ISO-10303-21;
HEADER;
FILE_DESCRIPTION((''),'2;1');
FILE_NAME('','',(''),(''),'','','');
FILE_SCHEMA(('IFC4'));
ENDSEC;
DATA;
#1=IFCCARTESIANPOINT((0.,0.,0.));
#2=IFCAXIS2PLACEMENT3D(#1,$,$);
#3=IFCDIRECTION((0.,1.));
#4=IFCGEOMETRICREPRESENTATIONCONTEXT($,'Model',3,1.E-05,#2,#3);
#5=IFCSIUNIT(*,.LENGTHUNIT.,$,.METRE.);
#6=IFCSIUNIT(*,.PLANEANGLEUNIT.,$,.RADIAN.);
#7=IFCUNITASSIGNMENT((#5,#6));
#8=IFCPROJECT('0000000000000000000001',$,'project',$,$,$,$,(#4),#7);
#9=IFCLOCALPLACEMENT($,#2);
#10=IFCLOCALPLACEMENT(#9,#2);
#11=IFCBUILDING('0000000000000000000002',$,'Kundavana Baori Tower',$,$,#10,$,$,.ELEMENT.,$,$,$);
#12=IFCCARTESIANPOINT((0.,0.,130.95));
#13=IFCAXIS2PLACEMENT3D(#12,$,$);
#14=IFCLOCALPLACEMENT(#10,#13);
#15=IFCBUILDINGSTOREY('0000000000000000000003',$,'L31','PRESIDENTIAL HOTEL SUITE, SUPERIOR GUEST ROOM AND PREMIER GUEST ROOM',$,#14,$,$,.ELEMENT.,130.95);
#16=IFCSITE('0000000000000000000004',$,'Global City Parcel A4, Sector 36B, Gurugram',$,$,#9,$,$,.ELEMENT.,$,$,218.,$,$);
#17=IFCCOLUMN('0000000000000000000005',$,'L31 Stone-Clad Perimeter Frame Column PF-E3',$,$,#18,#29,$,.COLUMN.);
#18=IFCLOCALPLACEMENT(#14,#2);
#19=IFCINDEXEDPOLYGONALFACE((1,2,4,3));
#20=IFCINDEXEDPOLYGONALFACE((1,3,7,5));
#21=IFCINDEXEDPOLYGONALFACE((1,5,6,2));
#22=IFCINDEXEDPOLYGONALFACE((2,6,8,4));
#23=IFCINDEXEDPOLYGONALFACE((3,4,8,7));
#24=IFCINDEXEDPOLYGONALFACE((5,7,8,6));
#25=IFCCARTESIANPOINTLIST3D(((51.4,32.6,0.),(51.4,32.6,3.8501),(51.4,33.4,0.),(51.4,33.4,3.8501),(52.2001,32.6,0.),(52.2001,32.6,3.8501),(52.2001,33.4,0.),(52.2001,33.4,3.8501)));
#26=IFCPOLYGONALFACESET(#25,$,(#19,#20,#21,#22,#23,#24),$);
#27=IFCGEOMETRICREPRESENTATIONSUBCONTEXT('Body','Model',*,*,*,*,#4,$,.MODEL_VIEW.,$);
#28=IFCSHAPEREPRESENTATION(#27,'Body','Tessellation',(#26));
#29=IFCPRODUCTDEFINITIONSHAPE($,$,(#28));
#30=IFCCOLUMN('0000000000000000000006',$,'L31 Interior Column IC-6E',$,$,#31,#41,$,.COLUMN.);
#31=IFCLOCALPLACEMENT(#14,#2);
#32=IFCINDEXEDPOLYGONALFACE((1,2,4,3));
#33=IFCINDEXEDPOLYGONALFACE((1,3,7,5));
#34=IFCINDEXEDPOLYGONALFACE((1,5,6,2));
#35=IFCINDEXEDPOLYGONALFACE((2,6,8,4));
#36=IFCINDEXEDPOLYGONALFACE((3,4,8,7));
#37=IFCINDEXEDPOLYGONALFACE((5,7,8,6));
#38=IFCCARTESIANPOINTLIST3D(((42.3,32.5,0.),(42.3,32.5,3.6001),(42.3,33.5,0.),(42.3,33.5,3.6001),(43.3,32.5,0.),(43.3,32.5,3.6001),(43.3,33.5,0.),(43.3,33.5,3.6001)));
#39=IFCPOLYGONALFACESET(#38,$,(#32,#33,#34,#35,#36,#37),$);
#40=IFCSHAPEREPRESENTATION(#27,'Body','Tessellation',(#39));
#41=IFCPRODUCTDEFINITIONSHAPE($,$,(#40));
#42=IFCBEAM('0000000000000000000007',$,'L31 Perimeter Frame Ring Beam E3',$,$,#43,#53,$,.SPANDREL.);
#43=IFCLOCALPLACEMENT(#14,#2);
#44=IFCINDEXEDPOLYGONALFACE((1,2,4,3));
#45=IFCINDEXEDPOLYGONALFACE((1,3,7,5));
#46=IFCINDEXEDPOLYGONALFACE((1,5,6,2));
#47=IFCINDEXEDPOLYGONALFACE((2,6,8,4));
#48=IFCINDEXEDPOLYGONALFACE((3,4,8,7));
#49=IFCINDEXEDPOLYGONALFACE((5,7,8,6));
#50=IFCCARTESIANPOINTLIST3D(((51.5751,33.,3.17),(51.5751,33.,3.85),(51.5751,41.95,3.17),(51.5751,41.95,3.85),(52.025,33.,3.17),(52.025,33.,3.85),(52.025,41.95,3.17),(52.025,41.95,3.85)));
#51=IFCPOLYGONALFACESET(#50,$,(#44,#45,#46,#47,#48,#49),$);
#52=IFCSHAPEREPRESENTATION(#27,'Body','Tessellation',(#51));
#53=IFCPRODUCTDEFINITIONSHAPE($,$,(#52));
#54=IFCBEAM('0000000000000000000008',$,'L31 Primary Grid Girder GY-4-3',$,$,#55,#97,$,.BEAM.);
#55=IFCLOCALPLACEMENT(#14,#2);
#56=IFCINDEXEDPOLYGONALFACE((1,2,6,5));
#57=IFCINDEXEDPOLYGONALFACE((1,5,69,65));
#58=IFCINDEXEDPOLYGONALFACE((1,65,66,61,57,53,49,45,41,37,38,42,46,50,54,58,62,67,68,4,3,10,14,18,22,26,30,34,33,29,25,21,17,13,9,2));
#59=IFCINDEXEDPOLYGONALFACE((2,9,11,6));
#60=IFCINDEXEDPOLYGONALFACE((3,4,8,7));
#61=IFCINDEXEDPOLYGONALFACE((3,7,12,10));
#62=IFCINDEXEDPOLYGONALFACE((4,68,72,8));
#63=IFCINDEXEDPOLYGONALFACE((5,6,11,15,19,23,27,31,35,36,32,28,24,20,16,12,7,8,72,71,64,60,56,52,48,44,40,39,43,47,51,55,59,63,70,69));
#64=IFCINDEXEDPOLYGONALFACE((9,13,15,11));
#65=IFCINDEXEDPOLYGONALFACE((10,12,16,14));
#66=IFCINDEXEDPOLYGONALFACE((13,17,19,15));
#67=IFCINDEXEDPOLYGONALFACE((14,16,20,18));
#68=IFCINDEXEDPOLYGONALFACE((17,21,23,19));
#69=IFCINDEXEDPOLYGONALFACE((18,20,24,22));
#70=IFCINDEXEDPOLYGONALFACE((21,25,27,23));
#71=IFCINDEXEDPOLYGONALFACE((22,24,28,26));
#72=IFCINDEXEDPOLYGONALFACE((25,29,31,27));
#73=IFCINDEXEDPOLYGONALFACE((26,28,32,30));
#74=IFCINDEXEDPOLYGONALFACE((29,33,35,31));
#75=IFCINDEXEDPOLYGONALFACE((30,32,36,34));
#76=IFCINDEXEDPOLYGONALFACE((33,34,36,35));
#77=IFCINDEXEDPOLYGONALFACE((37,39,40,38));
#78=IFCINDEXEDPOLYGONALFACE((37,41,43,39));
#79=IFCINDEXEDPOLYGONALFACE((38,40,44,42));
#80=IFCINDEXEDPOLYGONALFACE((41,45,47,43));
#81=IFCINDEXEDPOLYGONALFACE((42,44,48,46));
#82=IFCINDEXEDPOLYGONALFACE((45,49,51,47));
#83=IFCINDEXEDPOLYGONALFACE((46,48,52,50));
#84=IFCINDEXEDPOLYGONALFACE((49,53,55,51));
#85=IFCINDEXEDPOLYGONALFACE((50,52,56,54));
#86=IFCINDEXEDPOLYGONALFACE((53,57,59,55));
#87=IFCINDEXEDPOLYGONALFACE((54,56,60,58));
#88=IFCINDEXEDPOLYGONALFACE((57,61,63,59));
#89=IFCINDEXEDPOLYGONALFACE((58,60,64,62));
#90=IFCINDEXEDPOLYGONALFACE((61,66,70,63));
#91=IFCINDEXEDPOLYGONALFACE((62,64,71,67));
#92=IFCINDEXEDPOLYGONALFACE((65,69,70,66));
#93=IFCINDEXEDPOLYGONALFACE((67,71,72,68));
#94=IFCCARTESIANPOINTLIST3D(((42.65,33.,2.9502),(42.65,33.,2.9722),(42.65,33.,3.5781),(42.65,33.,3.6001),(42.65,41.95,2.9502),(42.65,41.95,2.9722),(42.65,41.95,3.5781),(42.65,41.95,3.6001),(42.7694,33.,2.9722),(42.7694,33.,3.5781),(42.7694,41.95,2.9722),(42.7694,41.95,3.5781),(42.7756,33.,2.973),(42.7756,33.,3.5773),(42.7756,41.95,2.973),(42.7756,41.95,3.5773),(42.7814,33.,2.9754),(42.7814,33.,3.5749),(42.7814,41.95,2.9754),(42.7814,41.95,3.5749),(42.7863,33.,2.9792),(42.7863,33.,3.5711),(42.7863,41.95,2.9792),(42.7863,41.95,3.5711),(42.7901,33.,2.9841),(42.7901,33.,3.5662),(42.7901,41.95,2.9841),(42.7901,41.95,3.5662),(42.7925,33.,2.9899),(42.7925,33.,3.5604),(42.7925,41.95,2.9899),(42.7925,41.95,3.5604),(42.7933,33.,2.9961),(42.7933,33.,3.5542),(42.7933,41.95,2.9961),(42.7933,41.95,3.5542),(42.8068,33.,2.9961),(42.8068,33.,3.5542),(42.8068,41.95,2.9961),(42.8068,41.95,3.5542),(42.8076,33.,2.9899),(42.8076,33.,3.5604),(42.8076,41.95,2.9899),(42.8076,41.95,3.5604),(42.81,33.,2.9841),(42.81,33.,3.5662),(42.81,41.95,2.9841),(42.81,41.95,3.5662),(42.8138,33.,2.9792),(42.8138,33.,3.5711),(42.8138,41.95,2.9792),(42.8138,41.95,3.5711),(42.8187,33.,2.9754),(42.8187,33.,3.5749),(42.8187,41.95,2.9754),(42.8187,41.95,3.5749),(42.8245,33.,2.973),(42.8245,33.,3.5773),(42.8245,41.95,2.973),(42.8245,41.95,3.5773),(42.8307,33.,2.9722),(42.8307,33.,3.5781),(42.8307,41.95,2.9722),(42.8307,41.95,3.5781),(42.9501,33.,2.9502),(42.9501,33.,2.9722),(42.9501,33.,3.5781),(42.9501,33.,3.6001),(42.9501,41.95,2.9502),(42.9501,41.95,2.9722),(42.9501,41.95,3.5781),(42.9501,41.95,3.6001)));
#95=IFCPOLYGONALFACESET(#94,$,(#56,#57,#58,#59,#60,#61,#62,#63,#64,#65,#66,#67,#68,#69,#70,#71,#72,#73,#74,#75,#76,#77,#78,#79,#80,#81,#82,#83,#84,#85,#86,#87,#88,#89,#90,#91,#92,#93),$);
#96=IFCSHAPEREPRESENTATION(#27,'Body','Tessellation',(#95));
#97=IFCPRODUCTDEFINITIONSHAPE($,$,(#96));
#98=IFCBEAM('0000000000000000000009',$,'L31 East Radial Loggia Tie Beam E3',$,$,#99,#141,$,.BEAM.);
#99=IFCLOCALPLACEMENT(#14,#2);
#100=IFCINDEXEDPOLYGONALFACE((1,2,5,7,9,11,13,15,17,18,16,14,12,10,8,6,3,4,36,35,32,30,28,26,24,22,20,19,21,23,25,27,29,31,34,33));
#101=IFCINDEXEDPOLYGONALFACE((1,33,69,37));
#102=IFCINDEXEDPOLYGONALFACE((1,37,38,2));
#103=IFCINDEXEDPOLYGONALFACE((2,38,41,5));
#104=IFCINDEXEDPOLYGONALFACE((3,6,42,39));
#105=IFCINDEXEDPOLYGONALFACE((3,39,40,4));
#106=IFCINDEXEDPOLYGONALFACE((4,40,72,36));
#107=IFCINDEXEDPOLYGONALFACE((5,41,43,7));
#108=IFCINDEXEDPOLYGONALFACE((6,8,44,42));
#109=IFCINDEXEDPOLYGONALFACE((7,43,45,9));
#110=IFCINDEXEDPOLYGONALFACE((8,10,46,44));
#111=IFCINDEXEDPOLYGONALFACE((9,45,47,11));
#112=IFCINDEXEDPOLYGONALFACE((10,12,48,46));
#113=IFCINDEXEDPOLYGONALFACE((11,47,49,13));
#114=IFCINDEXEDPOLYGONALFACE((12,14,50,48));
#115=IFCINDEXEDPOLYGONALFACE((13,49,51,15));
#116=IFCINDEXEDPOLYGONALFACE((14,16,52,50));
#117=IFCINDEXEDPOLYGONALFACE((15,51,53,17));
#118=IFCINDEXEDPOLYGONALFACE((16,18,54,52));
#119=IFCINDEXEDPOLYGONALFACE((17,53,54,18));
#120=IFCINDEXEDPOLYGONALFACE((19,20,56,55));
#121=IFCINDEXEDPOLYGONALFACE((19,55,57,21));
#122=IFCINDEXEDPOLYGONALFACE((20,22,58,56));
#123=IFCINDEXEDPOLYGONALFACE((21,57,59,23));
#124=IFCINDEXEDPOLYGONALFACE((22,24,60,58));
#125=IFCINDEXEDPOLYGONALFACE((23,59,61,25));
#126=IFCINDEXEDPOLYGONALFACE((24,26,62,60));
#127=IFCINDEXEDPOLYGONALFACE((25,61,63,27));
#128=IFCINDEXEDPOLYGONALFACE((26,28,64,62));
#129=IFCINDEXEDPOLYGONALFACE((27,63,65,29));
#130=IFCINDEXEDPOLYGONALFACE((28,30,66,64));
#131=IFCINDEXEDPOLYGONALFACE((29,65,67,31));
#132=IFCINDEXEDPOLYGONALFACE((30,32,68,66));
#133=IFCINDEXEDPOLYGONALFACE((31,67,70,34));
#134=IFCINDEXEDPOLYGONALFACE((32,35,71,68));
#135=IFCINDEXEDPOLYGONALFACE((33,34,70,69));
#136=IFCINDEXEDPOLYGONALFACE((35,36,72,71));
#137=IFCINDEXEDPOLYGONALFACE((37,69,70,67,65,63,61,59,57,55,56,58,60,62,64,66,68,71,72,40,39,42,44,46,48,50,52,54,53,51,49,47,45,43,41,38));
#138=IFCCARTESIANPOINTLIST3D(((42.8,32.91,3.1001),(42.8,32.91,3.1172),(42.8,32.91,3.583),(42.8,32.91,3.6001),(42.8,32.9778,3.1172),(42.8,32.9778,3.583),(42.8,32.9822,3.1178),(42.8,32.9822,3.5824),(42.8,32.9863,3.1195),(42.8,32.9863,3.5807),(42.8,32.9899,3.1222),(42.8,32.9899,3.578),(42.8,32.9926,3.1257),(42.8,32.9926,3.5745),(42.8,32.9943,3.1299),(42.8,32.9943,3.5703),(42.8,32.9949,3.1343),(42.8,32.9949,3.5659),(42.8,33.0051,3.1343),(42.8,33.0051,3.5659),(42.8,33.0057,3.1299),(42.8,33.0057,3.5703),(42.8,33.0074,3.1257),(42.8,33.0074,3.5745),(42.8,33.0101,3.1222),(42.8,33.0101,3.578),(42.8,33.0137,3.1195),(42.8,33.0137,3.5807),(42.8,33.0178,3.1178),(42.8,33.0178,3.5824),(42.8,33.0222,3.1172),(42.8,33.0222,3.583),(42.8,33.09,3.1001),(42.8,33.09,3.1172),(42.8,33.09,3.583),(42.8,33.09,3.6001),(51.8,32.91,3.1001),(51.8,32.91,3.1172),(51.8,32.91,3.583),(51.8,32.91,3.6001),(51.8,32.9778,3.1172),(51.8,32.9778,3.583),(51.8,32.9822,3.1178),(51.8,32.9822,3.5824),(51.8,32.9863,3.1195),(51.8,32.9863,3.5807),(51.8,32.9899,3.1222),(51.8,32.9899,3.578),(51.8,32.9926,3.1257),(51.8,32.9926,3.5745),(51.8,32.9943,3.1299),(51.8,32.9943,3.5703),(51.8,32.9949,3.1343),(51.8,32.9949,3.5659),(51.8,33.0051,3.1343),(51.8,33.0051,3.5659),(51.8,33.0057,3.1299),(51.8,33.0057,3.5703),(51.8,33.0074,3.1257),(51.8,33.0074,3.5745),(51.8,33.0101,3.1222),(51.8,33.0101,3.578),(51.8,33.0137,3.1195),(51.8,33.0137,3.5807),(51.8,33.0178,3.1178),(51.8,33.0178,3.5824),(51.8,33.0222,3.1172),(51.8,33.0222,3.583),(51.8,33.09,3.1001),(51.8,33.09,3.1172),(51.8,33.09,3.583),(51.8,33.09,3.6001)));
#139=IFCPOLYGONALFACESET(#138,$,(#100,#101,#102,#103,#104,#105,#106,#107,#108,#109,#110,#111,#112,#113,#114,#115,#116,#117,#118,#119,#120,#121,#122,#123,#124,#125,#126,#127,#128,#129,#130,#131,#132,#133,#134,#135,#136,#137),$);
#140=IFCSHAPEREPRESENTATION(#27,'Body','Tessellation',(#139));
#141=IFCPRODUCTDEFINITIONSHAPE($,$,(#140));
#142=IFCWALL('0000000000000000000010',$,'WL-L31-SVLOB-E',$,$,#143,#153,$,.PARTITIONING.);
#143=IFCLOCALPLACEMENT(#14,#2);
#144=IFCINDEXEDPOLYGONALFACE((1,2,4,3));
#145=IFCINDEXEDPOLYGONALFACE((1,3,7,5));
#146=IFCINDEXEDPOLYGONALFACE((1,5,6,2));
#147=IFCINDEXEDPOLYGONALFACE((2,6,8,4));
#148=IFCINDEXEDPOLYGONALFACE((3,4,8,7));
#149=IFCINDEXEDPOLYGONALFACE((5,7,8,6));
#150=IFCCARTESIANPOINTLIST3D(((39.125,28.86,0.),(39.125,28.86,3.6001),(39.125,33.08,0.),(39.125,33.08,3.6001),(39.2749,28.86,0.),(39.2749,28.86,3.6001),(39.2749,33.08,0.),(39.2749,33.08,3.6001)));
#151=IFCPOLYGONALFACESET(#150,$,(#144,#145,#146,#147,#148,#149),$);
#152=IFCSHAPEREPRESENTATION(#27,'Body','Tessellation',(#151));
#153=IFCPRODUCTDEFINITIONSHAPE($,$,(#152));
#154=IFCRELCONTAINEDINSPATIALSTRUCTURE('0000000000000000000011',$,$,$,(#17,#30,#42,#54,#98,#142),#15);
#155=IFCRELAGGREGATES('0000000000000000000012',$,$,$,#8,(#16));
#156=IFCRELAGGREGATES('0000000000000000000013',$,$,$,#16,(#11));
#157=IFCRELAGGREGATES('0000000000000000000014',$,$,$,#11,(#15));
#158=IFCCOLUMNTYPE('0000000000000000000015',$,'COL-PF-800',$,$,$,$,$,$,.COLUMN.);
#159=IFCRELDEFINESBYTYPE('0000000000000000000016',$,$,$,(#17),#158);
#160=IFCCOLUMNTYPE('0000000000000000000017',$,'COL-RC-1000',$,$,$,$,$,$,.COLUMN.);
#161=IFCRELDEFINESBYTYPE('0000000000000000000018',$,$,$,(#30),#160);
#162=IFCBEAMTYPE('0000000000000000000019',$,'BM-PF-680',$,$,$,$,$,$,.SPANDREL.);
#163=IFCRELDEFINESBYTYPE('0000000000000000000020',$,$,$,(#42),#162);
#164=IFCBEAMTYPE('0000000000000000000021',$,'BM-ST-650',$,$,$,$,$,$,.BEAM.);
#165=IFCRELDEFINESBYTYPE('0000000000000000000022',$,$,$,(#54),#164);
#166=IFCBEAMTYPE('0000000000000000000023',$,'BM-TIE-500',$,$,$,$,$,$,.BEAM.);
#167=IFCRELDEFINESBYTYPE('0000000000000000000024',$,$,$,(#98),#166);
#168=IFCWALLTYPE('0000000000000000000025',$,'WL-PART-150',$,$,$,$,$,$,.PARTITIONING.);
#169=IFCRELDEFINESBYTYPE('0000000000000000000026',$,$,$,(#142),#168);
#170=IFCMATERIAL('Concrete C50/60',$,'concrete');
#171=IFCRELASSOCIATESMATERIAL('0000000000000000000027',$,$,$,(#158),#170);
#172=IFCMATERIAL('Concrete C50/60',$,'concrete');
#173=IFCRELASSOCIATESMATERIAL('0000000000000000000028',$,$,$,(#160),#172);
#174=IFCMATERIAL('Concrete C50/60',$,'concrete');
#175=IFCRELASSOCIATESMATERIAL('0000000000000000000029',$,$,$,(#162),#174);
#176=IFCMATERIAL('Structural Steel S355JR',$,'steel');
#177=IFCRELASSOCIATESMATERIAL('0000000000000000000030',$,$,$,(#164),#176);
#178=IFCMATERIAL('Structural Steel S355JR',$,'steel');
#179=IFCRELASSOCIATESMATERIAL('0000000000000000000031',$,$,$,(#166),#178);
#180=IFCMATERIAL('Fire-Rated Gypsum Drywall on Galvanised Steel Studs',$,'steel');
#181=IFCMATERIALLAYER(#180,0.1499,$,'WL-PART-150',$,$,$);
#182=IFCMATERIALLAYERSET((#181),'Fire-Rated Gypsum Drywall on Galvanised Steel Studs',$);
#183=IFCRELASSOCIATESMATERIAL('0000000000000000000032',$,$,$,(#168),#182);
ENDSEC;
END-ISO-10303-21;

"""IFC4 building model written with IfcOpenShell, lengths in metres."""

from ifc_helpers import new_model, si_unit, direction, frame, frame_2d, origin, origin_2d, place, context, subcontext, project, spatial, rectangle, i_section, extrude, material, layer, layer_set, material_profile, profile_set, type_object, element, save


model = new_model("IFC4")

# Units and contexts
model_context = context("Model", 3, precision=1e-05, world=origin(), true_north=direction((0.0, 1.0)))
body_context = subcontext(model_context, "Body", "Model", "MODEL_VIEW")
ifc_project = project(units=[si_unit("LENGTHUNIT", "METRE"), si_unit("PLANEANGLEUNIT", "RADIAN")], contexts=[model_context])

# Site, building, storey
site_placement = place(None, origin())
site = spatial("IfcSite", under=ifc_project, at=site_placement, Name="Global City Parcel A4, Sector 36B, Gurugram", CompositionType="ELEMENT", RefElevation=218.0)
building_placement = place(site_placement, origin())
building = spatial("IfcBuilding", under=site, at=building_placement, Name="Kundavana Baori Tower", CompositionType="ELEMENT")
storey_placement = place(building_placement, frame((0.0, 0.0, 130.95)))
storey = spatial("IfcBuildingStorey", under=building, at=storey_placement, Name="L31", Description="PRESIDENTIAL HOTEL SUITE, SUPERIOR GUEST ROOM AND PREMIER GUEST ROOM", CompositionType="ELEMENT", Elevation=130.95)

# Columns
ifc_material_1 = material(Name="Concrete C50/60", Category="concrete")
ifc_material_profile_1 = material_profile(ifc_material_1, rectangle(XDim=0.8, YDim=0.8, at=origin_2d()), Name="RC PF 800x800")
ifc_profile_set_1 = profile_set([ifc_material_profile_1], Name="Concrete C50/60")
column_type_1 = type_object("IfcColumnType", Name="COL-PF-800", PredefinedType="COLUMN", material=ifc_profile_set_1)
column_1_placement = place(storey_placement, frame((51.8, 33.0, 0.0), z_axis=(0.0, 0.0, 1.0), x_axis=(1.0, 0.0, 0.0)))
element("IfcColumn", 1, at=column_1_placement, inside=storey, type_object=column_type_1, Name="L31 Stone-Clad Perimeter Frame Column PF-E3", PredefinedType="COLUMN", context=body_context, shape_type="SweptSolid", body=[
    extrude(rectangle(XDim=0.8, YDim=0.8, at=origin_2d()), origin(), (0.0, 0.0, 1.0), 3.8501),
])
ifc_material_2 = material(Name="Concrete C50/60", Category="concrete")
ifc_material_profile_2 = material_profile(ifc_material_2, rectangle(XDim=1.0, YDim=1.0, at=origin_2d()), Name="RC 1000x1000")
ifc_profile_set_2 = profile_set([ifc_material_profile_2], Name="Concrete C50/60")
column_type_2 = type_object("IfcColumnType", Name="COL-RC-1000", PredefinedType="COLUMN", material=ifc_profile_set_2)
column_2_placement = place(storey_placement, frame((42.8, 33.0, 0.0), z_axis=(0.0, 0.0, 1.0), x_axis=(1.0, 0.0, 0.0)))
element("IfcColumn", 2, at=column_2_placement, inside=storey, type_object=column_type_2, Name="L31 Interior Column IC-6E", PredefinedType="COLUMN", context=body_context, shape_type="SweptSolid", body=[
    extrude(rectangle(XDim=1.0, YDim=1.0, at=origin_2d()), origin(), (0.0, 0.0, 1.0), 3.6001),
])

# Beams
ifc_material_3 = material(Name="Concrete C50/60", Category="concrete")
ifc_material_profile_3 = material_profile(ifc_material_3, rectangle(XDim=0.45, YDim=0.6799, at=origin_2d()), Name="RC BM 450x680")
ifc_profile_set_3 = profile_set([ifc_material_profile_3], Name="Concrete C50/60")
beam_type_1 = type_object("IfcBeamType", Name="BM-PF-680", PredefinedType="SPANDREL", material=ifc_profile_set_3)
beam_1_placement = place(storey_placement, frame((51.8, 33.0, 3.51), z_axis=(0.0, 1.0, 0.0), x_axis=(-1.0, 0.0, 0.0)))
element("IfcBeam", 3, at=beam_1_placement, inside=storey, type_object=beam_type_1, Name="L31 Perimeter Frame Ring Beam E3", PredefinedType="SPANDREL", context=body_context, shape_type="SweptSolid", body=[
    extrude(rectangle(XDim=0.45, YDim=0.6799, at=origin_2d()), origin(), (0.0, 0.0, 1.0), 8.95),
])
ifc_material_4 = material(Name="Structural Steel S355JR", Category="steel")
ifc_material_profile_4 = material_profile(ifc_material_4, i_section(OverallWidth=0.3, OverallDepth=0.6499, WebThickness=0.0134, FlangeThickness=0.022, FilletRadius=0.0239, at=origin_2d()), Name="NPB 650x300x155")
ifc_profile_set_4 = profile_set([ifc_material_profile_4], Name="Structural Steel S355JR")
beam_type_2 = type_object("IfcBeamType", Name="BM-ST-650", PredefinedType="BEAM", material=ifc_profile_set_4)
beam_2_placement = place(storey_placement, frame((42.8, 33.0, 3.2751), z_axis=(0.0, 1.0, 0.0), x_axis=(-1.0, 0.0, 0.0)))
element("IfcBeam", 4, at=beam_2_placement, inside=storey, type_object=beam_type_2, Name="L31 Primary Grid Girder GY-4-3", PredefinedType="BEAM", context=body_context, shape_type="SweptSolid", body=[
    extrude(i_section(OverallWidth=0.3, OverallDepth=0.6499, WebThickness=0.0134, FlangeThickness=0.022, FilletRadius=0.0239, at=origin_2d()), origin(), (0.0, 0.0, 1.0), 8.95),
])
ifc_material_5 = material(Name="Structural Steel S355JR", Category="steel")
ifc_material_profile_5 = material_profile(ifc_material_5, i_section(OverallWidth=0.1799, OverallDepth=0.5, WebThickness=0.0103, FlangeThickness=0.0171, FilletRadius=0.0171, at=origin_2d()), Name="ISMB 500")
ifc_profile_set_5 = profile_set([ifc_material_profile_5], Name="Structural Steel S355JR")
beam_type_3 = type_object("IfcBeamType", Name="BM-TIE-500", PredefinedType="BEAM", material=ifc_profile_set_5)
beam_3_placement = place(storey_placement, frame((42.8, 33.0, 3.3501), z_axis=(1.0, 0.0, 0.0), x_axis=(0.0, 1.0, 0.0)))
element("IfcBeam", 5, at=beam_3_placement, inside=storey, type_object=beam_type_3, Name="L31 East Radial Loggia Tie Beam E3", PredefinedType="BEAM", context=body_context, shape_type="SweptSolid", body=[
    extrude(i_section(OverallWidth=0.1799, OverallDepth=0.5, WebThickness=0.0103, FlangeThickness=0.0171, FilletRadius=0.0171, at=origin_2d()), origin(), (0.0, 0.0, 1.0), 9.0),
])

# Wall
ifc_material_6 = material(Name="Fire-Rated Gypsum Drywall on Galvanised Steel Studs", Category="steel")
ifc_layer_1 = layer(ifc_material_6, 0.1499, Name="WL-PART-150")
ifc_layer_set_1 = layer_set([ifc_layer_1], Name="Fire-Rated Gypsum Drywall on Galvanised Steel Studs")
wall_type_1 = type_object("IfcWallType", Name="WL-PART-150", PredefinedType="PARTITIONING", material=ifc_layer_set_1)
wall_1_placement = place(storey_placement, frame((39.2, 28.8601, 0.0), z_axis=(0.0, 0.0, 1.0), x_axis=(0.0, 1.0, 0.0)))
element("IfcWall", 6, at=wall_1_placement, inside=storey, type_object=wall_type_1, Name="WL-L31-SVLOB-E", PredefinedType="PARTITIONING", context=body_context, shape_type="SweptSolid", body=[
    extrude(rectangle(XDim=4.22, YDim=0.1499, at=frame_2d((2.1099, 0.0))), origin(), (0.0, 0.0, 1.0), 3.6001),
])

save(model, "model.ifc")
